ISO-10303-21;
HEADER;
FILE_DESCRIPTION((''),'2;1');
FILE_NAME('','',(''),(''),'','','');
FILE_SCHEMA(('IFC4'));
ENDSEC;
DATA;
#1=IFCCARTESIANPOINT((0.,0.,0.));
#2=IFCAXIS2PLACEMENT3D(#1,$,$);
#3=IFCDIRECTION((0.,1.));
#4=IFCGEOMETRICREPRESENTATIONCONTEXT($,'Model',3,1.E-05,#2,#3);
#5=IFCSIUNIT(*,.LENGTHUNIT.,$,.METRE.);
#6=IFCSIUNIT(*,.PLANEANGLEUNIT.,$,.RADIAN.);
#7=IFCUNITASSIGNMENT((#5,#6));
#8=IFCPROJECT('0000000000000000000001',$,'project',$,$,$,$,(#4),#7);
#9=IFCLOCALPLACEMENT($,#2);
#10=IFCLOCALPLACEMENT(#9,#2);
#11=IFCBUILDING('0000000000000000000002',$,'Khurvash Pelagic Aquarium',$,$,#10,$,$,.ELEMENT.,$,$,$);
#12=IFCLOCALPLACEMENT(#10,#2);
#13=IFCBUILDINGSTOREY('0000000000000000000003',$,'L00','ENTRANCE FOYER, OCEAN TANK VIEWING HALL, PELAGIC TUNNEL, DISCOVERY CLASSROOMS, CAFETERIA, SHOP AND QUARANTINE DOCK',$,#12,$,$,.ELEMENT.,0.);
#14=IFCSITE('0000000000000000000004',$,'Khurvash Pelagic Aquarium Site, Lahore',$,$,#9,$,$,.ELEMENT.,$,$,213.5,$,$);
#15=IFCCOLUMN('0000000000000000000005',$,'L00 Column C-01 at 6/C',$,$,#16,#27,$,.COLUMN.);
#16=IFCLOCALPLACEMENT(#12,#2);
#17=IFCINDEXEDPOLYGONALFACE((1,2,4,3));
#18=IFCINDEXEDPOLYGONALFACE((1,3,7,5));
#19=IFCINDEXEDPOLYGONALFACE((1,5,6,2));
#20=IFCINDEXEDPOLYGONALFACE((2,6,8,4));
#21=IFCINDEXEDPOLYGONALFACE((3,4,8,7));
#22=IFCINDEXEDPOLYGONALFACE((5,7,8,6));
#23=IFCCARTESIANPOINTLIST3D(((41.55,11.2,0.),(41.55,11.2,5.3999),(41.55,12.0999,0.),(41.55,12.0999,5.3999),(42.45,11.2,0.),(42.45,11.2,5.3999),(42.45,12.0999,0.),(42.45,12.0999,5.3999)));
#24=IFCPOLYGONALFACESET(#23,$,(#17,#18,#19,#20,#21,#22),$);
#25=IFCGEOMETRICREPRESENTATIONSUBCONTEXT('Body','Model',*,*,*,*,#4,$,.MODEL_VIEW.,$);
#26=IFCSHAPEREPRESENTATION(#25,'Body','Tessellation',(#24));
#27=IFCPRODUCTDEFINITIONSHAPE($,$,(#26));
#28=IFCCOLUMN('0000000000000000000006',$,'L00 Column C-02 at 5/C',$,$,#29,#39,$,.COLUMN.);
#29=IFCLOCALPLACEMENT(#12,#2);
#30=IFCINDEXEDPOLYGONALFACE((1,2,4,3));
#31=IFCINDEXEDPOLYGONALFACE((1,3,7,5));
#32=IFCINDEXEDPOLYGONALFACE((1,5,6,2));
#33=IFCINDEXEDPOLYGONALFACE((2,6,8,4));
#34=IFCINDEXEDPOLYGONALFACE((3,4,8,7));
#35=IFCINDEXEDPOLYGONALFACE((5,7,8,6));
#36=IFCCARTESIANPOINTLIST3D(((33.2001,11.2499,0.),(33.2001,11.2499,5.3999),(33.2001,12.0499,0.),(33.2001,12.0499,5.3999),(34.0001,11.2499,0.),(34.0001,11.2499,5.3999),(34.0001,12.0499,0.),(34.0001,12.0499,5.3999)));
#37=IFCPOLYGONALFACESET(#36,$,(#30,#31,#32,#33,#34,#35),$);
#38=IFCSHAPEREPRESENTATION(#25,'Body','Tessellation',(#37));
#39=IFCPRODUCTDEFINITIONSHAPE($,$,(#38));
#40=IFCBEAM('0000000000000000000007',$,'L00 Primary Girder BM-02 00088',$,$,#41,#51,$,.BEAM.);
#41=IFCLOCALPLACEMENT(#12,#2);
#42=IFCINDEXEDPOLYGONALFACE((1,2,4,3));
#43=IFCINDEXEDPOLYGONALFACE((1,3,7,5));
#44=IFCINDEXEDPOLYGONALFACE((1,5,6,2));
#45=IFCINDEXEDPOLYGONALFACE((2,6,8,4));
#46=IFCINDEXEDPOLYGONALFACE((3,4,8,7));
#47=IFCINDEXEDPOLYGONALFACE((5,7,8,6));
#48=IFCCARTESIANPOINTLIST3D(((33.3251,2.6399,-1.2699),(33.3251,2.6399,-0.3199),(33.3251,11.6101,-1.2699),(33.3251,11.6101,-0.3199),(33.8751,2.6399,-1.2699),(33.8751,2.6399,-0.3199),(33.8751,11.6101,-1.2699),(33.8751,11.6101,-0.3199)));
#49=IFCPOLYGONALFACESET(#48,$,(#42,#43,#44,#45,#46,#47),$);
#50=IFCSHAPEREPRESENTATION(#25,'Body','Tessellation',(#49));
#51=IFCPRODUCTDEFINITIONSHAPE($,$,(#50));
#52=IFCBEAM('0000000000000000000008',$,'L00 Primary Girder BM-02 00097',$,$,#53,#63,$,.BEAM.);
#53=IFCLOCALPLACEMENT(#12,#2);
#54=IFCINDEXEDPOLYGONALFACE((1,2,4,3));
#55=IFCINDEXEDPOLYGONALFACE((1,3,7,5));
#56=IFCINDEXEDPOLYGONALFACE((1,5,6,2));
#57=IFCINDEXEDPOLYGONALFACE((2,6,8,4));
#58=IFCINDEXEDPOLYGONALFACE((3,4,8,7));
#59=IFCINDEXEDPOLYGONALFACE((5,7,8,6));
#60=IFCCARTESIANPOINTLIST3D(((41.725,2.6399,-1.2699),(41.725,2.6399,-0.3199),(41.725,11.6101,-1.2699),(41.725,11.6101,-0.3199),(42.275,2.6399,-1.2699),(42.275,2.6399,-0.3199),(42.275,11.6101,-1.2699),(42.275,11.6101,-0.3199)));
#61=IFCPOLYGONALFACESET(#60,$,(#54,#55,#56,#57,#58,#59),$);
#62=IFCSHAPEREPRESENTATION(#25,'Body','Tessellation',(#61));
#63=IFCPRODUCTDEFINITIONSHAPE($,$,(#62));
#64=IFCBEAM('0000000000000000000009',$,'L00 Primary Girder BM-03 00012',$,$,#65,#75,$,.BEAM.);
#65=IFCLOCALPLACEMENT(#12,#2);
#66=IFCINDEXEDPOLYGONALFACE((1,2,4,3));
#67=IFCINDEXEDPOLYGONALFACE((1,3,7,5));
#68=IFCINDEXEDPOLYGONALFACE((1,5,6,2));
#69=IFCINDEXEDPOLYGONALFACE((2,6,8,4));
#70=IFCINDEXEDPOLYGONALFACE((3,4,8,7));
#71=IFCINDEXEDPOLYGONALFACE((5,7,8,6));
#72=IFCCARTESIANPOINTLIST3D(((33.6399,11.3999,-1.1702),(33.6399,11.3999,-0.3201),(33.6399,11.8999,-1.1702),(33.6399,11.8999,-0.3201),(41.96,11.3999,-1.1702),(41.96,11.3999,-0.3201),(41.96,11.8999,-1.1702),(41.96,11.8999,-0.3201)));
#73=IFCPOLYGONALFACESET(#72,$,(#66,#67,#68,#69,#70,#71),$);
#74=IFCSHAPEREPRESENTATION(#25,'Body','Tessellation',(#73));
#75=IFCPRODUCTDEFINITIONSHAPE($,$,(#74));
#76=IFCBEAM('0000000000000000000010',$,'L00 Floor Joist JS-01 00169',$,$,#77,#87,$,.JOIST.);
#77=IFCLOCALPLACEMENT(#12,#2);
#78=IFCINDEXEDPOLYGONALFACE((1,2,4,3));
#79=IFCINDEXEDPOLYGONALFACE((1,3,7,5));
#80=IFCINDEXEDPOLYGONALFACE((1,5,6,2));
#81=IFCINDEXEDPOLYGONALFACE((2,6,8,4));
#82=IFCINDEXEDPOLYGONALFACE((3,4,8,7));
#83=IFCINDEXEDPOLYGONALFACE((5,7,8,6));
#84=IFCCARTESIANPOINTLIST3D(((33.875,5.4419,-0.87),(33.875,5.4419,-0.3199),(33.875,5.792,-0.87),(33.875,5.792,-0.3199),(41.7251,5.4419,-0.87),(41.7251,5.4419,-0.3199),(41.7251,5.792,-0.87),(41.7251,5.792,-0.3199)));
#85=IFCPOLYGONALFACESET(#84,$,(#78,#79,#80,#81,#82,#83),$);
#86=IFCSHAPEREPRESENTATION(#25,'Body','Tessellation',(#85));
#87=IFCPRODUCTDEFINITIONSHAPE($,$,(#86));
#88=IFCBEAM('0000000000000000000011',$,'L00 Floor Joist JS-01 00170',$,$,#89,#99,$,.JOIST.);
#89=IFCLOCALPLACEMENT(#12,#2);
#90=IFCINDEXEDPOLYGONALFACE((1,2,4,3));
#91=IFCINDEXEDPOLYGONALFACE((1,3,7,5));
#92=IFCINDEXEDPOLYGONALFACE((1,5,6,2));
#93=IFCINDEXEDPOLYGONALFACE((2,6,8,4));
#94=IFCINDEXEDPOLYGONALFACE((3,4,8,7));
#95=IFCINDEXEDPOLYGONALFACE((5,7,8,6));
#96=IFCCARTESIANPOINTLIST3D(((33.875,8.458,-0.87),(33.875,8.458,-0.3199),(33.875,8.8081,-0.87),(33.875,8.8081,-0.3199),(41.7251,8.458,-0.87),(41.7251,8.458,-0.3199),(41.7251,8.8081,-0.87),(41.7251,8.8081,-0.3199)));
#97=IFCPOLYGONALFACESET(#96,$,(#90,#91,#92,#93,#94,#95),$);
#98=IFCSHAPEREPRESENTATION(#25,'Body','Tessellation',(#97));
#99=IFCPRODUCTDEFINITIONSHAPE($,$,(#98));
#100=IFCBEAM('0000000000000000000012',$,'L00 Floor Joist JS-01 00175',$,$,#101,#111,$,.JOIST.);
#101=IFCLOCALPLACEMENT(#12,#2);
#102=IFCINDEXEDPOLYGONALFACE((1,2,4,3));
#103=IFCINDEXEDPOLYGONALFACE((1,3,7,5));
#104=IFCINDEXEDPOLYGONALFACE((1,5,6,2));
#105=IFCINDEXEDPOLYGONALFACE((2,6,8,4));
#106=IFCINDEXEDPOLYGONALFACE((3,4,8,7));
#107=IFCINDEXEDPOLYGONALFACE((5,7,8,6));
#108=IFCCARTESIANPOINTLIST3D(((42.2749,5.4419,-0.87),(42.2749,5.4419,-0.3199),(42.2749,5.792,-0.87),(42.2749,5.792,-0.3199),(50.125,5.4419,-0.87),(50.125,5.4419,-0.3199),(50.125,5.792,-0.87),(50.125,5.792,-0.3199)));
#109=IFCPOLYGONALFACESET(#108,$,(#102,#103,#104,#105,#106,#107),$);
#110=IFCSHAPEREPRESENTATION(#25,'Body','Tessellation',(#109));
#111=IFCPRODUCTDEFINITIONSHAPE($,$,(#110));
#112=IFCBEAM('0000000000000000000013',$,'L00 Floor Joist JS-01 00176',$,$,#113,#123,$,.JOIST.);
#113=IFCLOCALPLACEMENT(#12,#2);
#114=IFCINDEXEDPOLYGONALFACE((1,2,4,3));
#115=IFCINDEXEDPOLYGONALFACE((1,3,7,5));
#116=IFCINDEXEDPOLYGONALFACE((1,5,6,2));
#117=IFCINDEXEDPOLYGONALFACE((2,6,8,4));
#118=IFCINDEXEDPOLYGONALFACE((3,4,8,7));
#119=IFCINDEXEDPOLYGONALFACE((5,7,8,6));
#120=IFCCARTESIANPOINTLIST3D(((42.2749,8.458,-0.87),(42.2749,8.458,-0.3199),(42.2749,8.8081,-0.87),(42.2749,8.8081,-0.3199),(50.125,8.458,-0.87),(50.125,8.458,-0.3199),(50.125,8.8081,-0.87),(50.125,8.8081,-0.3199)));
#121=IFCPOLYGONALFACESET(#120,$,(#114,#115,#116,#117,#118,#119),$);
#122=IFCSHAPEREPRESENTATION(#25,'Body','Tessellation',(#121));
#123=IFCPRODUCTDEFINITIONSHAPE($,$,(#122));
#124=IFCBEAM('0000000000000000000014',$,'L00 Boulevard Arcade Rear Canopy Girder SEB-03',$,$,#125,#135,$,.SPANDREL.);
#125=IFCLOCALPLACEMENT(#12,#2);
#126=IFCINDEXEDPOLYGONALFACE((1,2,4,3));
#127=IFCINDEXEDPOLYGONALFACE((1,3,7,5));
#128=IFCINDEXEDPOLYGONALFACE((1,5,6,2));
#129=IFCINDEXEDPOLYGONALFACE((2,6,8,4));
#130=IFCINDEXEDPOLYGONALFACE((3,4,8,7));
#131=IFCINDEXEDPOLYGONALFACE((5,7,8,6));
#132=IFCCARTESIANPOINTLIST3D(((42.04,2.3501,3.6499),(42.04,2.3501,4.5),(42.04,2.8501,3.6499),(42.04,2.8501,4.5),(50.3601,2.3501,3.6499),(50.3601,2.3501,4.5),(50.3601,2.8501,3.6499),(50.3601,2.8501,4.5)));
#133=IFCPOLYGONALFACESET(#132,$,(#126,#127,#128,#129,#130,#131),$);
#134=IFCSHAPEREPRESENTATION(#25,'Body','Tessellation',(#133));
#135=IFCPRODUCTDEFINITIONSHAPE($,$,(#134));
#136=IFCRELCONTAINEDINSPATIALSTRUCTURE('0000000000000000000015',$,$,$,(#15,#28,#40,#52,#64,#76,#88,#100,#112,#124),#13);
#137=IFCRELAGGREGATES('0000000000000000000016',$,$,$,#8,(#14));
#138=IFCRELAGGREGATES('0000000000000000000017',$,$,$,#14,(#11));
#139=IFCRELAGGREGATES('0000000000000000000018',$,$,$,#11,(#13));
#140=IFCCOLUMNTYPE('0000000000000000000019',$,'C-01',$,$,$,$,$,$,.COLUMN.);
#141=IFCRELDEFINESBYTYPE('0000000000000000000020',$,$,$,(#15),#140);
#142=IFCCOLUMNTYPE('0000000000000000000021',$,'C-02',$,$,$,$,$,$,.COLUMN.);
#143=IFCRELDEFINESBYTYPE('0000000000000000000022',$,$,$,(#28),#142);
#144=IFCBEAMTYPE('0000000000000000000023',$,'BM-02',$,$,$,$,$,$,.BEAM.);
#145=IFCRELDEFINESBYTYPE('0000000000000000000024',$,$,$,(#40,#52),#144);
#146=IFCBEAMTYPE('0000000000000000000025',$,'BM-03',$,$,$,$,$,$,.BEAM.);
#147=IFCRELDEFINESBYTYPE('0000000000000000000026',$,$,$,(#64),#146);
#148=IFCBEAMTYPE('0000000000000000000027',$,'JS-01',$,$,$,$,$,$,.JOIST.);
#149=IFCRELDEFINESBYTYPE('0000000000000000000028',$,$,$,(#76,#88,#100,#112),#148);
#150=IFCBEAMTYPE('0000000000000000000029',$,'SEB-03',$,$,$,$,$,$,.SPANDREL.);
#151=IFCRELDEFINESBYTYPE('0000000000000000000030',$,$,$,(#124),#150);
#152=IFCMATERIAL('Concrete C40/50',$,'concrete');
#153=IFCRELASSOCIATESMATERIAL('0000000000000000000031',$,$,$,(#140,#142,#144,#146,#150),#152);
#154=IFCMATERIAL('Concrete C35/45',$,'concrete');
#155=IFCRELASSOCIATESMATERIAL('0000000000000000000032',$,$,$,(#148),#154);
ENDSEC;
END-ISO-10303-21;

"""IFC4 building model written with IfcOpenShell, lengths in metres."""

from ifc_helpers import new_model, si_unit, direction, frame, origin, origin_2d, place, context, subcontext, project, spatial, rectangle, extrude, material, material_profile, profile_set, type_object, element, save


model = new_model("IFC4")

# Units and contexts
model_context = context("Model", 3, precision=1e-05, world=origin(), true_north=direction((0.0, 1.0)))
body_context = subcontext(model_context, "Body", "Model", "MODEL_VIEW")
ifc_project = project(units=[si_unit("LENGTHUNIT", "METRE"), si_unit("PLANEANGLEUNIT", "RADIAN")], contexts=[model_context])

# Site, building, storey
site_placement = place(None, origin())
site = spatial("IfcSite", under=ifc_project, at=site_placement, Name="Khurvash Pelagic Aquarium Site, Lahore", CompositionType="ELEMENT", RefElevation=213.5)
building_placement = place(site_placement, origin())
building = spatial("IfcBuilding", under=site, at=building_placement, Name="Khurvash Pelagic Aquarium", CompositionType="ELEMENT")
storey_placement = place(building_placement, origin())
storey = spatial("IfcBuildingStorey", under=building, at=storey_placement, Name="L00", Description="ENTRANCE FOYER, OCEAN TANK VIEWING HALL, PELAGIC TUNNEL, DISCOVERY CLASSROOMS, CAFETERIA, SHOP AND QUARANTINE DOCK", CompositionType="ELEMENT", Elevation=0.0)

# Columns
ifc_material_1 = material(Name="Concrete C40/50", Category="concrete")
ifc_material_profile_1 = material_profile(ifc_material_1, rectangle(XDim=0.8999, YDim=0.8999, at=origin_2d()), Name="RC900X900")
ifc_profile_set_1 = profile_set([ifc_material_profile_1], Name="Concrete C40/50")
column_type_1 = type_object("IfcColumnType", Name="C-01", PredefinedType="COLUMN", material=ifc_profile_set_1)
column_1_placement = place(storey_placement, frame((42.0, 11.6499, 0.0), z_axis=(0.0, 0.0, 1.0), x_axis=(1.0, 0.0, 0.0)))
element("IfcColumn", 1, at=column_1_placement, inside=storey, type_object=column_type_1, Name="L00 Column C-01 at 6/C", PredefinedType="COLUMN", context=body_context, shape_type="SweptSolid", body=[
    extrude(rectangle(XDim=0.8999, YDim=0.8999, at=origin_2d()), origin(), (0.0, 0.0, 1.0), 5.3999),
])
ifc_material_profile_2 = material_profile(ifc_material_1, rectangle(XDim=0.8, YDim=0.8, at=origin_2d()), Name="RC800X800")
ifc_profile_set_2 = profile_set([ifc_material_profile_2], Name="Concrete C40/50")
column_type_2 = type_object("IfcColumnType", Name="C-02", PredefinedType="COLUMN", material=ifc_profile_set_2)
column_2_placement = place(storey_placement, frame((33.6001, 11.6499, 0.0), z_axis=(0.0, 0.0, 1.0), x_axis=(1.0, 0.0, 0.0)))
element("IfcColumn", 2, at=column_2_placement, inside=storey, type_object=column_type_2, Name="L00 Column C-02 at 5/C", PredefinedType="COLUMN", context=body_context, shape_type="SweptSolid", body=[
    extrude(rectangle(XDim=0.8, YDim=0.8, at=origin_2d()), origin(), (0.0, 0.0, 1.0), 5.3999),
])

# Beams
ifc_material_profile_3 = material_profile(ifc_material_1, rectangle(XDim=0.55, YDim=0.95, at=origin_2d()), Name="RC550X950")
ifc_profile_set_3 = profile_set([ifc_material_profile_3], Name="Concrete C40/50")
beam_type_1 = type_object("IfcBeamType", Name="BM-02", PredefinedType="BEAM", material=ifc_profile_set_3)
for number, where, z_axis, x_axis, name in (
    (3, (33.6001, 2.6399, -0.7949), (0.0, 1.0, 0.0), (-1.0, 0.0, 0.0), "L00 Primary Girder BM-02 00088"),
    (4, (42.0, 2.6399, -0.7949), (0.0, 1.0, 0.0), (-1.0, 0.0, 0.0), "L00 Primary Girder BM-02 00097"),
):
    element("IfcBeam", number, at=place(storey_placement, frame(where, z_axis=z_axis, x_axis=x_axis)), inside=storey, type_object=beam_type_1, Name=name, PredefinedType="BEAM", context=body_context, shape_type="SweptSolid", body=[
        extrude(rectangle(XDim=0.55, YDim=0.95, at=origin_2d()), origin(), (0.0, 0.0, 1.0), 8.9702),
    ])
ifc_material_profile_4 = material_profile(ifc_material_1, rectangle(XDim=0.5, YDim=0.8501, at=origin_2d()), Name="RC500X850")
ifc_profile_set_4 = profile_set([ifc_material_profile_4], Name="Concrete C40/50")
beam_type_2 = type_object("IfcBeamType", Name="BM-03", PredefinedType="BEAM", material=ifc_profile_set_4)
beam_1_placement = place(storey_placement, frame((33.6399, 11.6499, -0.7451), z_axis=(1.0, 0.0, 0.0), x_axis=(0.0, 1.0, 0.0)))
element("IfcBeam", 5, at=beam_1_placement, inside=storey, type_object=beam_type_2, Name="L00 Primary Girder BM-03 00012", PredefinedType="BEAM", context=body_context, shape_type="SweptSolid", body=[
    extrude(rectangle(XDim=0.5, YDim=0.8501, at=origin_2d()), origin(), (0.0, 0.0, 1.0), 8.3201),
])
ifc_material_2 = material(Name="Concrete C35/45", Category="concrete")
ifc_material_profile_5 = material_profile(ifc_material_2, rectangle(XDim=0.3501, YDim=0.55, at=origin_2d()), Name="RC350X550")
ifc_profile_set_5 = profile_set([ifc_material_profile_5], Name="Concrete C35/45")
beam_type_3 = type_object("IfcBeamType", Name="JS-01", PredefinedType="JOIST", material=ifc_profile_set_5)
for number, where, z_axis, x_axis, name in (
    (6, (33.875, 5.6169, -0.595), (1.0, 0.0, 0.0), (0.0, 1.0, 0.0), "L00 Floor Joist JS-01 00169"),
    (7, (33.875, 8.6331, -0.595), (1.0, 0.0, 0.0), (0.0, 1.0, 0.0), "L00 Floor Joist JS-01 00170"),
    (8, (42.2749, 5.6169, -0.595), (1.0, 0.0, 0.0), (0.0, 1.0, 0.0), "L00 Floor Joist JS-01 00175"),
    (9, (42.2749, 8.6331, -0.595), (1.0, 0.0, 0.0), (0.0, 1.0, 0.0), "L00 Floor Joist JS-01 00176"),
):
    element("IfcBeam", number, at=place(storey_placement, frame(where, z_axis=z_axis, x_axis=x_axis)), inside=storey, type_object=beam_type_3, Name=name, PredefinedType="JOIST", context=body_context, shape_type="SweptSolid", body=[
        extrude(rectangle(XDim=0.3501, YDim=0.55, at=origin_2d()), origin(), (0.0, 0.0, 1.0), 7.8501),
    ])
ifc_material_profile_6 = material_profile(ifc_material_1, rectangle(XDim=0.5, YDim=0.8501, at=origin_2d()), Name="RC500X850")
ifc_profile_set_6 = profile_set([ifc_material_profile_6], Name="Concrete C40/50")
beam_type_4 = type_object("IfcBeamType", Name="SEB-03", PredefinedType="SPANDREL", material=ifc_profile_set_6)
beam_2_placement = place(storey_placement, frame((42.04, 2.6001, 4.075), z_axis=(1.0, 0.0, 0.0), x_axis=(0.0, 1.0, 0.0)))
element("IfcBeam", 10, at=beam_2_placement, inside=storey, type_object=beam_type_4, Name="L00 Boulevard Arcade Rear Canopy Girder SEB-03", PredefinedType="SPANDREL", context=body_context, shape_type="SweptSolid", body=[
    extrude(rectangle(XDim=0.5, YDim=0.8501, at=origin_2d()), origin(), (0.0, 0.0, 1.0), 8.3201),
])

save(model, "model.ifc")
